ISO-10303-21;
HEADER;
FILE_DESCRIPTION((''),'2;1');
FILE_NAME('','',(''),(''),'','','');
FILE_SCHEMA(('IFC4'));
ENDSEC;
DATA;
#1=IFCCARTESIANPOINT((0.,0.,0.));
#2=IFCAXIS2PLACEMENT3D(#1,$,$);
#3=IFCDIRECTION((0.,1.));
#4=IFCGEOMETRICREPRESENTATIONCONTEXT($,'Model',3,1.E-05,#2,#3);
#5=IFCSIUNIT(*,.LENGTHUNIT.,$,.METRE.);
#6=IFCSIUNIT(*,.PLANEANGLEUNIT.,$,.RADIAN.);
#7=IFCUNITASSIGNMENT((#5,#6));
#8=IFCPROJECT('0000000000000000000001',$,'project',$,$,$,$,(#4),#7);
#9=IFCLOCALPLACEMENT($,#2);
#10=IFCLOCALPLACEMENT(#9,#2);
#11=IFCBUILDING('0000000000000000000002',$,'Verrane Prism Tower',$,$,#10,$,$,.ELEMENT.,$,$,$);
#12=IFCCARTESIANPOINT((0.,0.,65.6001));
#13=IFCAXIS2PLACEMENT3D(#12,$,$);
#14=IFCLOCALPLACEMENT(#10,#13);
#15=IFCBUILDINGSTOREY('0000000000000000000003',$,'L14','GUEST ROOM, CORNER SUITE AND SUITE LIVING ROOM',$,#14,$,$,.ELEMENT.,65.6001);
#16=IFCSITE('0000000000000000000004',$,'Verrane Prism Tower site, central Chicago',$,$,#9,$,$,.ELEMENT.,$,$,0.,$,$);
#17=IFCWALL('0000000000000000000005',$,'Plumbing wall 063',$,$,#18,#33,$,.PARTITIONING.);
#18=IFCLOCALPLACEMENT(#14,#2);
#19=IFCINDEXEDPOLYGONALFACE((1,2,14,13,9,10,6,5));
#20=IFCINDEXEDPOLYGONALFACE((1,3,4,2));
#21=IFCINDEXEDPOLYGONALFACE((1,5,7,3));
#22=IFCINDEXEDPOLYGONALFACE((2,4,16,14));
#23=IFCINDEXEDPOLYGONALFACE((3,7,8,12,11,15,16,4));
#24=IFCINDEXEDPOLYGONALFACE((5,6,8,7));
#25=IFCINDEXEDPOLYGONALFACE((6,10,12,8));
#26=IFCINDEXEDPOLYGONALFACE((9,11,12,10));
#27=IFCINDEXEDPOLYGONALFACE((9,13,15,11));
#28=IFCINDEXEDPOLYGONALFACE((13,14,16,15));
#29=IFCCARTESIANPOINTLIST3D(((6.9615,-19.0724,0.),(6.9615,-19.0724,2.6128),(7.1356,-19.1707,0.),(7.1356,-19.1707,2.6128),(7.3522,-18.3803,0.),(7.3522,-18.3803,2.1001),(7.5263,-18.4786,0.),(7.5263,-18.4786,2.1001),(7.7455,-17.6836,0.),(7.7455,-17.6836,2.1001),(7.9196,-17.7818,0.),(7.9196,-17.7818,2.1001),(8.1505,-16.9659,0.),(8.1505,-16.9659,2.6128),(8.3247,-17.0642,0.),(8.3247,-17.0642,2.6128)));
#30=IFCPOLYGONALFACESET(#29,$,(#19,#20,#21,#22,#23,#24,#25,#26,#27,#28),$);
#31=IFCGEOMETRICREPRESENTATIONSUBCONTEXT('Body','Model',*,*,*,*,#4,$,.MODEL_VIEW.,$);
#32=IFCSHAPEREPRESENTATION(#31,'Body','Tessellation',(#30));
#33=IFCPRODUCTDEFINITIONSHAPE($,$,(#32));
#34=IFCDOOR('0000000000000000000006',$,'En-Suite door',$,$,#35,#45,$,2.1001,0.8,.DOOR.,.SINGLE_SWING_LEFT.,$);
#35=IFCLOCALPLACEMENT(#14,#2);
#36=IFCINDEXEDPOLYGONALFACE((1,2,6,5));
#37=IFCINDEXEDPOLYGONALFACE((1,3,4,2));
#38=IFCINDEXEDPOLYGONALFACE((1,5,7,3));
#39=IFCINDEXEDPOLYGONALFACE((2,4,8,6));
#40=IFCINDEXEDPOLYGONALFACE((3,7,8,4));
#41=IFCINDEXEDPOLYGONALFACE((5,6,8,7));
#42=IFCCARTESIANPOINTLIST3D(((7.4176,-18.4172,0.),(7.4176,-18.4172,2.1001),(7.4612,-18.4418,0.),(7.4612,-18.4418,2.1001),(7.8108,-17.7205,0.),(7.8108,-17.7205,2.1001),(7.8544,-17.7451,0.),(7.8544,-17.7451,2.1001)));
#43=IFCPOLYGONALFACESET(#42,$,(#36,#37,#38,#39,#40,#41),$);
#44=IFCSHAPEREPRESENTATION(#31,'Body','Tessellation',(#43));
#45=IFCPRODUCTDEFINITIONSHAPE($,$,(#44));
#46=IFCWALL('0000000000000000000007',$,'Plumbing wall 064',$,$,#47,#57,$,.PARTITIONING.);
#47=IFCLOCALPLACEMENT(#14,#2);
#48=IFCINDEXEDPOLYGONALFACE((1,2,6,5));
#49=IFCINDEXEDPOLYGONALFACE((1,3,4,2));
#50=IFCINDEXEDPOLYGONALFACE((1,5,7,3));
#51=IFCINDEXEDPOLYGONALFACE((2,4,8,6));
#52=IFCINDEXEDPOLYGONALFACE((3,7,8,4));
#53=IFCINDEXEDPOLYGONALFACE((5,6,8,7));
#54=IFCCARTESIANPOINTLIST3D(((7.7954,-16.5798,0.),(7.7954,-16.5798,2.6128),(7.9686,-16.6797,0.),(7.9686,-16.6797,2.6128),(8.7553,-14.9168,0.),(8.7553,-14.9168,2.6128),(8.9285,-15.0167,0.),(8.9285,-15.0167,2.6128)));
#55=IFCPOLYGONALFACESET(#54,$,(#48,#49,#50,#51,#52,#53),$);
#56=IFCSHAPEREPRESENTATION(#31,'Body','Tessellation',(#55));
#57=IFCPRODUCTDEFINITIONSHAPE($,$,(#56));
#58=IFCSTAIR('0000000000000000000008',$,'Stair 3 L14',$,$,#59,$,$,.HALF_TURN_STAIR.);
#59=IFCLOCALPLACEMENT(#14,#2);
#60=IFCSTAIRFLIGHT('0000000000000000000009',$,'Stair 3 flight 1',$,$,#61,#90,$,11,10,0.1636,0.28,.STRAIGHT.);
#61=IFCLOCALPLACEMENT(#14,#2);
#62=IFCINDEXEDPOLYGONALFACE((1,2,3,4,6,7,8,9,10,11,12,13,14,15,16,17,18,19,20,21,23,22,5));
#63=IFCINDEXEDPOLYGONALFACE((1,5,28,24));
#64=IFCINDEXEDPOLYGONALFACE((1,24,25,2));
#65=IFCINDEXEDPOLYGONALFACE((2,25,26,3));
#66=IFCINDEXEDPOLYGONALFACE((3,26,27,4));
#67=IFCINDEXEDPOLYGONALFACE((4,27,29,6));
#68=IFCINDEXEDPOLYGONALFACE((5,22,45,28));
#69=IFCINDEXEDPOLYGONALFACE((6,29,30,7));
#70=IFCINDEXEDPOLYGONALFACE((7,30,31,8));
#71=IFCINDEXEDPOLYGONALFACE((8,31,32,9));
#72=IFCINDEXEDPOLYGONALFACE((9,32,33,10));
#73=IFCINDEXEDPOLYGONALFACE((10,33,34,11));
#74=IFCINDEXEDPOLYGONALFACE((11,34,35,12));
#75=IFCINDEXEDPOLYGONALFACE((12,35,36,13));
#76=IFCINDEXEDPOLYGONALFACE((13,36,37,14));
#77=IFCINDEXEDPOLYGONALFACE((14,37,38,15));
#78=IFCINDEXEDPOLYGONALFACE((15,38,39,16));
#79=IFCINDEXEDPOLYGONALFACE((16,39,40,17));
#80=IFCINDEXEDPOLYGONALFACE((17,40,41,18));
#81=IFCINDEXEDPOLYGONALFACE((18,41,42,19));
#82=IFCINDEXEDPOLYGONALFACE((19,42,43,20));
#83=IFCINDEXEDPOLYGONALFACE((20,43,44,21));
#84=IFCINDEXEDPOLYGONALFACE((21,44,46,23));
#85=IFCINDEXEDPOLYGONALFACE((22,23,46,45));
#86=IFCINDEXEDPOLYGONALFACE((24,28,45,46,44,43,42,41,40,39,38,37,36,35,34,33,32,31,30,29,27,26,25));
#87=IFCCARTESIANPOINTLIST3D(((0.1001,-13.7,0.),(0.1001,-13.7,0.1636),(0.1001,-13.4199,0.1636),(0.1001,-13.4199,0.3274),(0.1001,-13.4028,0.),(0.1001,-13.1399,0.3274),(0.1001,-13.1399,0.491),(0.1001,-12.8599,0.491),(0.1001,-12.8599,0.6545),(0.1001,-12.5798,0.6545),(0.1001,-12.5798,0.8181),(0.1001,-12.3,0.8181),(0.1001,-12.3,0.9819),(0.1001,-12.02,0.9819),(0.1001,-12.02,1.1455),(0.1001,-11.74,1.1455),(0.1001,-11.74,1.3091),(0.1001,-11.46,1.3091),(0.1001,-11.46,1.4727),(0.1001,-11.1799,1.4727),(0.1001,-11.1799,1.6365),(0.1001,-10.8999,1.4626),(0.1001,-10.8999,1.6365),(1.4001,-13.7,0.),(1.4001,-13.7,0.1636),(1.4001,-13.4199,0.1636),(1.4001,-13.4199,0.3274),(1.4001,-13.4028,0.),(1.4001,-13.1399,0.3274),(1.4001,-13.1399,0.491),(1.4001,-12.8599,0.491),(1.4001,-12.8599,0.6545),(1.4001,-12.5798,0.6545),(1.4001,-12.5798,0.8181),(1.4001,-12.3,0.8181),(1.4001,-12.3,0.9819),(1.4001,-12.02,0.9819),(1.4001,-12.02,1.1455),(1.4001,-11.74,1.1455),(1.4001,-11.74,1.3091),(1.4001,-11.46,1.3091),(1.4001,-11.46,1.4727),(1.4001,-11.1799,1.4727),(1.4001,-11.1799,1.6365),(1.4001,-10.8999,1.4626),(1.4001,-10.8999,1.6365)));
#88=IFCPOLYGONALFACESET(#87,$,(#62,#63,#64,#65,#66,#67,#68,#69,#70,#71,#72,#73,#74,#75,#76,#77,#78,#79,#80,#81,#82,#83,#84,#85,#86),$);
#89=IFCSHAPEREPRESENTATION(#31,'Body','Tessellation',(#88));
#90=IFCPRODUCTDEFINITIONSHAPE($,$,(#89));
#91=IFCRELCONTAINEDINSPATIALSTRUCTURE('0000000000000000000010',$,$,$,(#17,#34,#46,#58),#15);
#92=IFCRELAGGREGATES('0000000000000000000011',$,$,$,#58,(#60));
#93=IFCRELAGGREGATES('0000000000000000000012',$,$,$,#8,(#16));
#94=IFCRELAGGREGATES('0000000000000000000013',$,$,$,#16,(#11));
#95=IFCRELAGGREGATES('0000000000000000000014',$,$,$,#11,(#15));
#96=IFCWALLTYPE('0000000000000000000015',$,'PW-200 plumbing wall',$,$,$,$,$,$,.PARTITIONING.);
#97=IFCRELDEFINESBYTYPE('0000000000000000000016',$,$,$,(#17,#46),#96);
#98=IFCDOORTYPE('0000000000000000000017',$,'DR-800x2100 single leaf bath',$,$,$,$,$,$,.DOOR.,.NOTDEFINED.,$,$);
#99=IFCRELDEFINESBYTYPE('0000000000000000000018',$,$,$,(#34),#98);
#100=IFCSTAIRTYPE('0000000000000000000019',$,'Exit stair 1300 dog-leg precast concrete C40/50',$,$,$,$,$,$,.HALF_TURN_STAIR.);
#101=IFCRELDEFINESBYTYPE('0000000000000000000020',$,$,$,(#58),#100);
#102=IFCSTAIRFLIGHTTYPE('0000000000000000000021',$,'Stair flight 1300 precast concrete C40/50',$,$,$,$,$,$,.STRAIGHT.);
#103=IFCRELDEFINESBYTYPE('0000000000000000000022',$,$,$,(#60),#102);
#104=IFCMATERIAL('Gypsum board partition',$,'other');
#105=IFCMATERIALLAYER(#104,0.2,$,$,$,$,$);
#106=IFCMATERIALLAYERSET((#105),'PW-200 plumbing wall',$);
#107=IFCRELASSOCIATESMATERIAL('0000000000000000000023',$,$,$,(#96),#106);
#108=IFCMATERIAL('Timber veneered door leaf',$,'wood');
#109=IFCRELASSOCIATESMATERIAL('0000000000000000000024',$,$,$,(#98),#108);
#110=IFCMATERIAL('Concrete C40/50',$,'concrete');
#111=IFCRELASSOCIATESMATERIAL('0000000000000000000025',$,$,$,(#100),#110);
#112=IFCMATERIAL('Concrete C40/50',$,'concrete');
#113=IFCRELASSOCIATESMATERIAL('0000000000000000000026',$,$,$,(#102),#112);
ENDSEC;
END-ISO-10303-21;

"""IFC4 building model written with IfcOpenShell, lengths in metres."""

from ifc_helpers import new_model, si_unit, direction, frame, frame_2d, origin, place, context, subcontext, project, spatial, polyline, rectangle, outline, extrude, material, layer, layer_set, type_object, element, fill, aggregate, save


model = new_model("IFC4")

# Units and contexts
model_context = context("Model", 3, precision=1e-05, world=origin(), true_north=direction((0.0, 1.0)))
body_context = subcontext(model_context, "Body", "Model", "MODEL_VIEW")
ifc_project = project(units=[si_unit("LENGTHUNIT", "METRE"), si_unit("PLANEANGLEUNIT", "RADIAN")], contexts=[model_context])

# Site, building, storey
site_placement = place(None, origin())
site = spatial("IfcSite", under=ifc_project, at=site_placement, Name="Verrane Prism Tower site, central Chicago", CompositionType="ELEMENT", RefElevation=0.0)
building_placement = place(site_placement, origin())
building = spatial("IfcBuilding", under=site, at=building_placement, Name="Verrane Prism Tower", CompositionType="ELEMENT")
storey_placement = place(building_placement, frame((0.0, 0.0, 65.6001)))
storey = spatial("IfcBuildingStorey", under=building, at=storey_placement, Name="L14", Description="GUEST ROOM, CORNER SUITE AND SUITE LIVING ROOM", CompositionType="ELEMENT", Elevation=65.6001)

# Shared definitions
ifc_material_1 = material(Name="Gypsum board partition", Category="other")
ifc_layer_1 = layer(ifc_material_1, 0.2)
ifc_layer_set_1 = layer_set([ifc_layer_1], Name="PW-200 plumbing wall")
wall_type_1 = type_object("IfcWallType", Name="PW-200 plumbing wall", PredefinedType="PARTITIONING", material=ifc_layer_set_1)

# Wall, opening, door
ifc_material_2 = material(Name="Timber veneered door leaf", Category="wood")
door_type_1 = type_object("IfcDoorType", Name="DR-800x2100 single leaf bath", OperationType="NOTDEFINED", PredefinedType="DOOR", material=ifc_material_2)
wall_1_placement = place(storey_placement, frame((7.0486, -19.1216, 0.0), z_axis=(0.0, 0.0, 1.0), x_axis=(0.491545, 0.870852, 0.0)))
wall_1 = element("IfcWall", 1, at=wall_1_placement, inside=storey, type_object=wall_type_1, Name="Plumbing wall 063", PredefinedType="PARTITIONING", context=body_context, shape_type="SweptSolid", body=[
    extrude(rectangle(XDim=2.4189, YDim=0.2, at=frame_2d((1.2095, 0.0))), origin(), (0.0, 0.0, 1.0), 2.6128),
])
opening_1_placement = place(wall_1_placement, frame((0.7949, 0.0, 0.0)))
opening_1 = element("IfcOpeningElement", 2, at=opening_1_placement, cuts=wall_1, PredefinedType="OPENING", context=body_context, shape_type="SweptSolid", body=[
    extrude(rectangle(XDim=0.8, YDim=2.1001, at=frame_2d((0.3999, 1.05))), frame((0.0, 0.1099, 0.0), z_axis=(0.0, -1.0, 0.0), x_axis=(1.0, 0.0, 0.0)), (0.0, 0.0, 1.0), 0.22),
])
door_1_placement = place(opening_1_placement, origin())
door_1 = element("IfcDoor", 3, at=door_1_placement, inside=storey, type_object=door_type_1, Name="En-Suite door", OperationType="SINGLE_SWING_LEFT", OverallHeight=2.1001, OverallWidth=0.8, PredefinedType="DOOR", context=body_context, shape_type="SweptSolid", body=[
    extrude(rectangle(XDim=0.8, YDim=2.1001, at=frame_2d((0.3999, 1.05))), frame((0.0, 0.0249, 0.0), z_axis=(0.0, -1.0, 0.0), x_axis=(1.0, 0.0, 0.0)), (0.0, 0.0, 1.0), 0.05),
])
fill(opening_1, door_1)

# Wall
wall_2_placement = place(storey_placement, frame((7.8821, -16.6296, 0.0), z_axis=(0.0, 0.0, 1.0), x_axis=(0.499913, 0.866075, 0.0)))
element("IfcWall", 4, at=wall_2_placement, inside=storey, type_object=wall_type_1, Name="Plumbing wall 064", PredefinedType="PARTITIONING", context=body_context, shape_type="SweptSolid", body=[
    extrude(rectangle(XDim=1.9202, YDim=0.2, at=frame_2d((0.96, 0.0))), origin(), (0.0, 0.0, 1.0), 2.6128),
])

# Stair, stair flight
ifc_material_3 = material(Name="Concrete C40/50", Category="concrete")
stair_type = type_object("IfcStairType", Name="Exit stair 1300 dog-leg precast concrete C40/50", PredefinedType="HALF_TURN_STAIR", material=ifc_material_3)
stair_placement = place(storey_placement, origin())
stair = element("IfcStair", 5, at=stair_placement, inside=storey, type_object=stair_type, Name="Stair 3 L14", PredefinedType="HALF_TURN_STAIR")
ifc_material_4 = material(Name="Concrete C40/50", Category="concrete")
stair_flight_type = type_object("IfcStairFlightType", Name="Stair flight 1300 precast concrete C40/50", PredefinedType="STRAIGHT", material=ifc_material_4)
stair_flight_placement = place(storey_placement, frame((0.75, -13.7, 0.0), z_axis=(0.0, 0.0, 1.0), x_axis=(0.0, 1.0, 0.0)))
stair_flight = element("IfcStairFlight", 6, at=stair_flight_placement, type_object=stair_flight_type, Name="Stair 3 flight 1", NumberOfRisers=11, NumberOfTreads=10, PredefinedType="STRAIGHT", RiserHeight=0.1636, TreadLength=0.28, context=body_context, shape_type="SweptSolid", body=[
    extrude(outline(polyline([(0.0, 0.0), (0.0, 0.1636), (0.28, 0.1636), (0.28, 0.3274), (0.5601, 0.3274), (0.5601, 0.491), (0.8401, 0.491), (0.8401, 0.6545), (1.1201, 0.6545), (1.1201, 0.8181), (1.3999, 0.8181), (1.3999, 0.9819), (1.6799, 0.9819), (1.6799, 1.1455), (1.96, 1.1455), (1.96, 1.3091), (2.24, 1.3091), (2.24, 1.4727), (2.52, 1.4727), (2.52, 1.6365), (2.8, 1.6365), (2.8, 1.8), (2.8, 1.4626), (0.2971, 0.0), (0.0, 0.0)])), frame((0.0, 0.6499, 0.0), z_axis=(0.0, -1.0, 0.0), x_axis=(1.0, 0.0, 0.0)), (0.0, 0.0, 1.0), 1.3),
])
aggregate(stair, [stair_flight])

save(model, "model.ifc")
